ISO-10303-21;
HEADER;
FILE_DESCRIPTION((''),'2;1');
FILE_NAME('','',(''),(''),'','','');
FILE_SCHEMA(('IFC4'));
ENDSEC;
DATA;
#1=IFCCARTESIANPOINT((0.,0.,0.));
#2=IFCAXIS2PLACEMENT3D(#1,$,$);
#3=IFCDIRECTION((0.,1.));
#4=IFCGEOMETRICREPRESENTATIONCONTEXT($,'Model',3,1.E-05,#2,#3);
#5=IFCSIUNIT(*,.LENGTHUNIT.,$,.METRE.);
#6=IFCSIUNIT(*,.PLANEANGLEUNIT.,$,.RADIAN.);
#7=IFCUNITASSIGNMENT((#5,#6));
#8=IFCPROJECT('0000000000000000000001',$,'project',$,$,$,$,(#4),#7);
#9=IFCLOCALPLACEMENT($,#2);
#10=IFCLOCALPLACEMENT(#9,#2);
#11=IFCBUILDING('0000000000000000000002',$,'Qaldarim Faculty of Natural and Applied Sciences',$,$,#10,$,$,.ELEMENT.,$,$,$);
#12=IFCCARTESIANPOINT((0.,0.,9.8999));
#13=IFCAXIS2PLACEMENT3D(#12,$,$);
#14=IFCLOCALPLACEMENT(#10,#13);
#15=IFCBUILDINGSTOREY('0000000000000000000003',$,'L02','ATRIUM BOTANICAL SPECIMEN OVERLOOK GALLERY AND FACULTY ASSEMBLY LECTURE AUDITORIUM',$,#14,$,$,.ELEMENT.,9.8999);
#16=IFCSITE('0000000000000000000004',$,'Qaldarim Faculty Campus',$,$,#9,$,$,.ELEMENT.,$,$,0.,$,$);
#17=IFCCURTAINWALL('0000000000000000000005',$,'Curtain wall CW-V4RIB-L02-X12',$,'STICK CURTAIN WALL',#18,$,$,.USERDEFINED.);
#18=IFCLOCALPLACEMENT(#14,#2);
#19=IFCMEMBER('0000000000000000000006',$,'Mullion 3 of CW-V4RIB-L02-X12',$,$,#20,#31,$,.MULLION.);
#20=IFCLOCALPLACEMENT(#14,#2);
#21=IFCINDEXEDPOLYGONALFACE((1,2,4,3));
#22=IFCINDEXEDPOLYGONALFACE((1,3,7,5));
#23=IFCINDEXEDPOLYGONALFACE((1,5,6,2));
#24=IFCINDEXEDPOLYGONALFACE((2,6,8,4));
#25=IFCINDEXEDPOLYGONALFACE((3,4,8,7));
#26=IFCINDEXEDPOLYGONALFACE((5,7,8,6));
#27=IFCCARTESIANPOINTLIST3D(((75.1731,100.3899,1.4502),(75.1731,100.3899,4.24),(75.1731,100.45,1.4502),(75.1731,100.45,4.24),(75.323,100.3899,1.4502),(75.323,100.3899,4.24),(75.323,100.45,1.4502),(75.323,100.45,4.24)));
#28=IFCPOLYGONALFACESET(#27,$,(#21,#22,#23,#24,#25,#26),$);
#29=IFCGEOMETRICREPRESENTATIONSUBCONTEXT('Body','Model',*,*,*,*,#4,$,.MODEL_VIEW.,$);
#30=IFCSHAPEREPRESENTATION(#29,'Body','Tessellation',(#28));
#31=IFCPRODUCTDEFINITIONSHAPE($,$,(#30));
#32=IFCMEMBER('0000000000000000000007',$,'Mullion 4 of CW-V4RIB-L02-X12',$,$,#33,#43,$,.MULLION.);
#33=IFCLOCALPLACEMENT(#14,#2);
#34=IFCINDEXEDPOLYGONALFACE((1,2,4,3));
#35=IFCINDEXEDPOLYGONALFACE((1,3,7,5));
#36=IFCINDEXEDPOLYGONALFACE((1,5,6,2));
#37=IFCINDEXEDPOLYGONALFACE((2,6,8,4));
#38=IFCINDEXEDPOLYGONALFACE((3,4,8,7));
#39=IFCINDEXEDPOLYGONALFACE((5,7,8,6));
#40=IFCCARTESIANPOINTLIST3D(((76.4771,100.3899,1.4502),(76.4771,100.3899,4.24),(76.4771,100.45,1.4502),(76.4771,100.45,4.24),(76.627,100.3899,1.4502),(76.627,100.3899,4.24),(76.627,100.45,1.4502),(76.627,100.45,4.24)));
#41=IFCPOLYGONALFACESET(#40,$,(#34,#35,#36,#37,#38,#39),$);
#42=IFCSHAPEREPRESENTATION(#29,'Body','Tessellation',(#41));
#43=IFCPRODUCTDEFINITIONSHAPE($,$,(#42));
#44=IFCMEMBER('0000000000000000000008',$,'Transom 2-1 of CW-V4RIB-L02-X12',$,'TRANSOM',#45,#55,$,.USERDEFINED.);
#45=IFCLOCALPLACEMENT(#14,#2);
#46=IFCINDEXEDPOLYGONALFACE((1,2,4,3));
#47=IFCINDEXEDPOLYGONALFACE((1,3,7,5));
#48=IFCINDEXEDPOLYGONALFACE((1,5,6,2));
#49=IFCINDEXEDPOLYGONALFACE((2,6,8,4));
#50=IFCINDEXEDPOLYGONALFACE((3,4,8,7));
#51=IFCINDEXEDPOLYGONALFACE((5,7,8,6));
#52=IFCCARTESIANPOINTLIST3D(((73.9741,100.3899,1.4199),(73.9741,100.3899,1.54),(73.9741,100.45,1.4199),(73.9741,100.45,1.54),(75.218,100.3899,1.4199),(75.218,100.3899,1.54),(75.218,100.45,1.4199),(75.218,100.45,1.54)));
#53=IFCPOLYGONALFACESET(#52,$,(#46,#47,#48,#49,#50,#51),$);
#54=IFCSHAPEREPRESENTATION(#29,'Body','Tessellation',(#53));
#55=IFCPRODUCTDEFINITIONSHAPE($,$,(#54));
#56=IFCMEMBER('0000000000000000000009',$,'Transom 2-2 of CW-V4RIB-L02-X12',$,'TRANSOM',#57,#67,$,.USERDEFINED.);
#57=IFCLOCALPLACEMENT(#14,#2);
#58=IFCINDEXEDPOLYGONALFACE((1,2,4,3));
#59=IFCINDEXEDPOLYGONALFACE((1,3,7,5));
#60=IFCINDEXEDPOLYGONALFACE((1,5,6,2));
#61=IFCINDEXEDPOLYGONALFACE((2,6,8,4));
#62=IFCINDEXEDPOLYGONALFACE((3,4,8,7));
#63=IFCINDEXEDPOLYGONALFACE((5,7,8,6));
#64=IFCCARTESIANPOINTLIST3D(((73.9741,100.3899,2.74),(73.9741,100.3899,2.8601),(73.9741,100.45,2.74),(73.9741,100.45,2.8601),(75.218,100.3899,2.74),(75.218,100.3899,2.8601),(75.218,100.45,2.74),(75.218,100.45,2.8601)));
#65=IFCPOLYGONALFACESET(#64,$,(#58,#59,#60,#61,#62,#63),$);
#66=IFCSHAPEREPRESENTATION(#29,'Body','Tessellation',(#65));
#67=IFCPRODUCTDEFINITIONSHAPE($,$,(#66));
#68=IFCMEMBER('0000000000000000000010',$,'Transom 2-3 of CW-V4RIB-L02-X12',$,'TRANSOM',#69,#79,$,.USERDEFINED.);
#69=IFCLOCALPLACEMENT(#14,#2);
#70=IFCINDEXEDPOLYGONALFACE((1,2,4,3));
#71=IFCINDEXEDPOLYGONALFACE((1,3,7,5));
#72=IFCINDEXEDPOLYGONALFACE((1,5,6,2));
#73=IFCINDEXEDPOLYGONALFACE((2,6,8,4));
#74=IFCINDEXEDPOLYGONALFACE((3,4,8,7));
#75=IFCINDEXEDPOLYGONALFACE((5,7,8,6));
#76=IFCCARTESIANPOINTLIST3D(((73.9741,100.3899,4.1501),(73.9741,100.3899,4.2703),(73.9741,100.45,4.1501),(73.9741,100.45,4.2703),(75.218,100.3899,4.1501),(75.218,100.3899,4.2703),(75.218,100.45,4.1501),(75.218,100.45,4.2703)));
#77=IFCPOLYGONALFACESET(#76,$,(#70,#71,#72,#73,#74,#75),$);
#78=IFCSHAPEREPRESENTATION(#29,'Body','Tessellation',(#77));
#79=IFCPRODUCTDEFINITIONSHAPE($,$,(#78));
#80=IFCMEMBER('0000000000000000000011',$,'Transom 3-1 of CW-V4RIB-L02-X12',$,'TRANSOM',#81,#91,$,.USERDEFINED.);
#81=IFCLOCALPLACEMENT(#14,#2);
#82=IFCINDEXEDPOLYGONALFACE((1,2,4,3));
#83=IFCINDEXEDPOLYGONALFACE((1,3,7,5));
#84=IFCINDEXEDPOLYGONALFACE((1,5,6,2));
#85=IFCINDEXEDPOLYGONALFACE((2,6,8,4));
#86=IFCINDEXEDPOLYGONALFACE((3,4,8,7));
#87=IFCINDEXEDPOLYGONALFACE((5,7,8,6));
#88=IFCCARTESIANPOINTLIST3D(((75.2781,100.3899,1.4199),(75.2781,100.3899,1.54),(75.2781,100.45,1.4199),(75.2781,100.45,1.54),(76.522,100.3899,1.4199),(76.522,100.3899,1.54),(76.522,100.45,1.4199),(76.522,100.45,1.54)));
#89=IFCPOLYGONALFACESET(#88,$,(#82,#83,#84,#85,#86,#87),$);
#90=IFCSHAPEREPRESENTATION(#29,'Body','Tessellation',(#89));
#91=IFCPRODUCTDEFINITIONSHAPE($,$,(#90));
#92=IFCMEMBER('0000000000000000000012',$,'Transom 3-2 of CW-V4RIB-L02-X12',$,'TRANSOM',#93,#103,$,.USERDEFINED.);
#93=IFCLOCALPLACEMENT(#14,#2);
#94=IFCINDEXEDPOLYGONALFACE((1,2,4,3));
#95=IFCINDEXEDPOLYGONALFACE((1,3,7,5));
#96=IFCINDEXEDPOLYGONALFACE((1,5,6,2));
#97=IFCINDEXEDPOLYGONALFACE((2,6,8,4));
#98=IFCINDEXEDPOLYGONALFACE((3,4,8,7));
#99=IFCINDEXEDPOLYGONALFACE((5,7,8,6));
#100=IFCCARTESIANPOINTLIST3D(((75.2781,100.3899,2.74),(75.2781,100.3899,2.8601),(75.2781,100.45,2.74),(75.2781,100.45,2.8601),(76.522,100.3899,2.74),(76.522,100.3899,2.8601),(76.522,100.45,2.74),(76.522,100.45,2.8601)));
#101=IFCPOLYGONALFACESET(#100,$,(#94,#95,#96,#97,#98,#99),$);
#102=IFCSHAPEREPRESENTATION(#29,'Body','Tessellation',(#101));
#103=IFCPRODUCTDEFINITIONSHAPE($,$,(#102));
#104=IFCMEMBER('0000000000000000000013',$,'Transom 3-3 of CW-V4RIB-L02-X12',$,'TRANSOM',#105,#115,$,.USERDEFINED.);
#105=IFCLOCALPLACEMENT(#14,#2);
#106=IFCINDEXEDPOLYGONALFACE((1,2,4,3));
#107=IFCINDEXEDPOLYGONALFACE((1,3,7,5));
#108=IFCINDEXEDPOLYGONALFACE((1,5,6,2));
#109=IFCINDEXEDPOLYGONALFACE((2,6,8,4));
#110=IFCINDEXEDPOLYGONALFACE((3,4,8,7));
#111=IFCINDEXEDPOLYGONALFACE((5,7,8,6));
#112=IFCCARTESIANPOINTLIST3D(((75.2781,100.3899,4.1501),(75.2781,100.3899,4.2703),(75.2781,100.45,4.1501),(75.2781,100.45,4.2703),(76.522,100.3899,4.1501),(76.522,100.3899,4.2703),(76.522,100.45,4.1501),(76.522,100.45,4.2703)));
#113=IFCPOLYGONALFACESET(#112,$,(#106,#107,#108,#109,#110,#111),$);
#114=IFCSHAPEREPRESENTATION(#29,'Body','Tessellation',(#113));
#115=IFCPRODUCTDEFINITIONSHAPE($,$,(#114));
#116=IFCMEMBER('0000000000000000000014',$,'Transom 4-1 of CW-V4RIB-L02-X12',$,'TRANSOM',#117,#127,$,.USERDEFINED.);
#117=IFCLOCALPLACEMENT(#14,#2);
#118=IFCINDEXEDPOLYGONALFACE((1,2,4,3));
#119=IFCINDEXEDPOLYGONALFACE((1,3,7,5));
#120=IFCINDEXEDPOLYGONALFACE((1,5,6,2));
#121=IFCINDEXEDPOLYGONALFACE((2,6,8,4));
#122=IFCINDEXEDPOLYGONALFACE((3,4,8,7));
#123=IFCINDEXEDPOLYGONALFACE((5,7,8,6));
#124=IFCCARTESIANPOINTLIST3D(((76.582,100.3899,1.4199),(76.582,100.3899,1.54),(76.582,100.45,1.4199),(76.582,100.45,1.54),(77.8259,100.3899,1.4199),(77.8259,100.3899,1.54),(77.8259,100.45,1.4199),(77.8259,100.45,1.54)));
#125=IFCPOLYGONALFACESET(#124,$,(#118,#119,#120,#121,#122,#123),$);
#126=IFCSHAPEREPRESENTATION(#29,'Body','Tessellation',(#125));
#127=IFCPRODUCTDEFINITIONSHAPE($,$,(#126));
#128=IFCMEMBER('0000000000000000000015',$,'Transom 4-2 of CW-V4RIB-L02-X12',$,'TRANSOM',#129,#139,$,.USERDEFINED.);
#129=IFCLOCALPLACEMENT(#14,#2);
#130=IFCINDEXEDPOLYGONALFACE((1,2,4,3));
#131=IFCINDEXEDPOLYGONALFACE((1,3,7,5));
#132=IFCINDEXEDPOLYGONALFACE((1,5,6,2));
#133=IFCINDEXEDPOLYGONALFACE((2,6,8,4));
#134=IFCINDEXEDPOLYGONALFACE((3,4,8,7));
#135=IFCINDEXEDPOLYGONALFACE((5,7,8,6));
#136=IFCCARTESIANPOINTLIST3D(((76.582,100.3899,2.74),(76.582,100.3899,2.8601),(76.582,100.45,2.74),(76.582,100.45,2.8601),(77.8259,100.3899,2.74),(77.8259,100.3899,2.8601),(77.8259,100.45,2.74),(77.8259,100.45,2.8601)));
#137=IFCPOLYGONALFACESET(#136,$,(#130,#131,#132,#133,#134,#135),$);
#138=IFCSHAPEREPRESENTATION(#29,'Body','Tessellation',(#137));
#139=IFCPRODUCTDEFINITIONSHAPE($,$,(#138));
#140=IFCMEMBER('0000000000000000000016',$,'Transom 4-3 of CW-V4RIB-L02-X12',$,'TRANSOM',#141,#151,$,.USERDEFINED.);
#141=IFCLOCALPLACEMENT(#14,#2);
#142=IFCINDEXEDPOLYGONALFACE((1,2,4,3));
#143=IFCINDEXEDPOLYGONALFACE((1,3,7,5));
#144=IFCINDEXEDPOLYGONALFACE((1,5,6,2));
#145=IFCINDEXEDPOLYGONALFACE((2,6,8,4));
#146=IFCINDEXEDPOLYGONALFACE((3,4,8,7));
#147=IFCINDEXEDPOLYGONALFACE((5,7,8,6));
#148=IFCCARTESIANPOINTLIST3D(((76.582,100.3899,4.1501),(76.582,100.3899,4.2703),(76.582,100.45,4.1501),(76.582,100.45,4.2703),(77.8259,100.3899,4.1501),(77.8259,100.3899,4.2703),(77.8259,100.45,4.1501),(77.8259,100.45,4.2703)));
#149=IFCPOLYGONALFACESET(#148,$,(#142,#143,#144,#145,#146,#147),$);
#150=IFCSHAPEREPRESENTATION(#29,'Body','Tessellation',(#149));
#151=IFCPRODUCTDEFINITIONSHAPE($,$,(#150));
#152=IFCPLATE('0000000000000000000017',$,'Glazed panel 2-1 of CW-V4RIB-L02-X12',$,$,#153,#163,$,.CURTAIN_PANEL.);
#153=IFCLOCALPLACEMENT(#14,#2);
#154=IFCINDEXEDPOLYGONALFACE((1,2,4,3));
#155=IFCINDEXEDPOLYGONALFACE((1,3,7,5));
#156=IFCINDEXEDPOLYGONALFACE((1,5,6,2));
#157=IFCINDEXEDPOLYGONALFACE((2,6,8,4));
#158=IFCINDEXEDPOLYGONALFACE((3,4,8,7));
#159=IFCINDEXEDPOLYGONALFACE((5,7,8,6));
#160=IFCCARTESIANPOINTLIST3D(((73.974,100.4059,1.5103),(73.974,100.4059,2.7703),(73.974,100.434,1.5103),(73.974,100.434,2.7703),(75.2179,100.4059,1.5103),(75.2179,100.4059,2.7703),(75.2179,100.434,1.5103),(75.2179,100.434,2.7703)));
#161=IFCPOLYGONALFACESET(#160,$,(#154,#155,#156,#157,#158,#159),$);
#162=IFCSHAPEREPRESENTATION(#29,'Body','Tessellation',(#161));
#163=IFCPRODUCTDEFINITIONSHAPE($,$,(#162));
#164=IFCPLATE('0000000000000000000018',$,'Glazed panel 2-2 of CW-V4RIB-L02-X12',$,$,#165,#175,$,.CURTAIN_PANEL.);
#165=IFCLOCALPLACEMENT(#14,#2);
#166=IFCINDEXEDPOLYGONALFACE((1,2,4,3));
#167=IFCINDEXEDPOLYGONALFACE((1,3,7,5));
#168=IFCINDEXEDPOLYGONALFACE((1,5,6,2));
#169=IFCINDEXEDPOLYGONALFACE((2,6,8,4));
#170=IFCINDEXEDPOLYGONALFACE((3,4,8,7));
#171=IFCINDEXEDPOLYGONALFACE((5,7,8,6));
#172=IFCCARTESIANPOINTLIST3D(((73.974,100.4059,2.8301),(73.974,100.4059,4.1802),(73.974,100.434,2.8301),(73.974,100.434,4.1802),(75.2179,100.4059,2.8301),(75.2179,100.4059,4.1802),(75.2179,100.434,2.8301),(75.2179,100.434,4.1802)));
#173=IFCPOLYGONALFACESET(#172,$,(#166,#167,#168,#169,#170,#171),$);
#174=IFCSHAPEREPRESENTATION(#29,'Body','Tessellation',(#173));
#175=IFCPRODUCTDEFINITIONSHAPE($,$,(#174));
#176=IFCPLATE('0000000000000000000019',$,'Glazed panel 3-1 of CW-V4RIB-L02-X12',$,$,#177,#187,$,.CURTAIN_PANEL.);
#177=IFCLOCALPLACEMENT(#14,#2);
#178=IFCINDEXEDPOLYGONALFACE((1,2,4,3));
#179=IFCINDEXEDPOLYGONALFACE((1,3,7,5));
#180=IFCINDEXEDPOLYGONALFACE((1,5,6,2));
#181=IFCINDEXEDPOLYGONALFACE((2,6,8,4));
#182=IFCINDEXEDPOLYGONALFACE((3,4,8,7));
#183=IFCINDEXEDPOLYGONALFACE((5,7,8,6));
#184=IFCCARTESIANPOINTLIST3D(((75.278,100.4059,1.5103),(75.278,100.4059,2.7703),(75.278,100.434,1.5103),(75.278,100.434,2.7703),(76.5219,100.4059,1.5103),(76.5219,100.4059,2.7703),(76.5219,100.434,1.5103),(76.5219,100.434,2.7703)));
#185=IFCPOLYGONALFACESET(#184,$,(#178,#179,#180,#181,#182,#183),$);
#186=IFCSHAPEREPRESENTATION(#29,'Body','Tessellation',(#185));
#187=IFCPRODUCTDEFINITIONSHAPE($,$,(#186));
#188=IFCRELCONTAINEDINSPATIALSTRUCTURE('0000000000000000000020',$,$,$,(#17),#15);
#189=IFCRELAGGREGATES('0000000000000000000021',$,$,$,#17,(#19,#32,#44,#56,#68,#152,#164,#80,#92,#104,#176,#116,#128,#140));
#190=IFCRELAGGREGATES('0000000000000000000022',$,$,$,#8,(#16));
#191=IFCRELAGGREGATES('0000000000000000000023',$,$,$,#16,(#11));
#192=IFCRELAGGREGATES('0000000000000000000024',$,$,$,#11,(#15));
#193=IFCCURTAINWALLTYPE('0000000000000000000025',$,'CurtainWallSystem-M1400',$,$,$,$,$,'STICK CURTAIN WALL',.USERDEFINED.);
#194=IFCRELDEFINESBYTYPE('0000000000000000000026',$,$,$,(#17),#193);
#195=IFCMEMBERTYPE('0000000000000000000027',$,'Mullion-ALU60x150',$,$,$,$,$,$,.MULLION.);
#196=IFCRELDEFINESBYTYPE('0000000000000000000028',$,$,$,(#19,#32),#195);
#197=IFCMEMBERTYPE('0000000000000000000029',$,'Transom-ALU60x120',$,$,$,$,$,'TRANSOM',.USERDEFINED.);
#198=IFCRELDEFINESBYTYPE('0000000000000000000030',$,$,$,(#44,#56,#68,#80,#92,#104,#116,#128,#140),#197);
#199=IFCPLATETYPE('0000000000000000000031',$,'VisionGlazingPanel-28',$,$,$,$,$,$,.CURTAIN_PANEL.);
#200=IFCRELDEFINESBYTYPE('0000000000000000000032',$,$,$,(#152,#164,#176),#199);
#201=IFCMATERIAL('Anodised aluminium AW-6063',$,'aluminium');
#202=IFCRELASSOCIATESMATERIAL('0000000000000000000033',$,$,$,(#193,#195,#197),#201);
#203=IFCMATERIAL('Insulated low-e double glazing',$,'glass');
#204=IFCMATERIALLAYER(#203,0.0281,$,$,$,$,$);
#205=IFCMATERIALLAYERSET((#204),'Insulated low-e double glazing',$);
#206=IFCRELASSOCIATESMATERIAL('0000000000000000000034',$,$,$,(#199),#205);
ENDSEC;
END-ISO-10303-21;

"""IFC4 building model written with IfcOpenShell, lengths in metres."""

from ifc_helpers import new_model, si_unit, direction, frame, origin, origin_2d, place, context, subcontext, project, spatial, rectangle, extrude, material, layer, layer_set, material_profile, profile_set, type_object, element, aggregate, save


model = new_model("IFC4")

# Units and contexts
model_context = context("Model", 3, precision=1e-05, world=origin(), true_north=direction((0.0, 1.0)))
body_context = subcontext(model_context, "Body", "Model", "MODEL_VIEW")
ifc_project = project(units=[si_unit("LENGTHUNIT", "METRE"), si_unit("PLANEANGLEUNIT", "RADIAN")], contexts=[model_context])

# Site, building, storey
site_placement = place(None, origin())
site = spatial("IfcSite", under=ifc_project, at=site_placement, Name="Qaldarim Faculty Campus", CompositionType="ELEMENT", RefElevation=0.0)
building_placement = place(site_placement, origin())
building = spatial("IfcBuilding", under=site, at=building_placement, Name="Qaldarim Faculty of Natural and Applied Sciences", CompositionType="ELEMENT")
storey_placement = place(building_placement, frame((0.0, 0.0, 9.8999)))
storey = spatial("IfcBuildingStorey", under=building, at=storey_placement, Name="L02", Description="ATRIUM BOTANICAL SPECIMEN OVERLOOK GALLERY AND FACULTY ASSEMBLY LECTURE AUDITORIUM", CompositionType="ELEMENT", Elevation=9.8999)

# Curtain wall, members, plates
ifc_material_1 = material(Name="Anodised aluminium AW-6063", Category="aluminium")
curtain_wall_type = type_object("IfcCurtainWallType", Name="CurtainWallSystem-M1400", ElementType="STICK CURTAIN WALL", PredefinedType="USERDEFINED", material=ifc_material_1)
curtain_wall_placement = place(storey_placement, origin())
curtain_wall = element("IfcCurtainWall", 1, at=curtain_wall_placement, inside=storey, type_object=curtain_wall_type, Name="Curtain wall CW-V4RIB-L02-X12", ObjectType="STICK CURTAIN WALL", PredefinedType="USERDEFINED")
ifc_material_profile_1 = material_profile(ifc_material_1, rectangle(XDim=0.0601, YDim=0.1499, at=origin_2d()), Name="ALU-M60x150")
ifc_profile_set_1 = profile_set([ifc_material_profile_1], Name="Anodised aluminium AW-6063")
member_type_1 = type_object("IfcMemberType", Name="Mullion-ALU60x150", PredefinedType="MULLION", material=ifc_profile_set_1)
member_1_placement = place(storey_placement, frame((75.248, 100.4199, 1.4502), z_axis=(0.0, 0.0, 1.0), x_axis=(0.0, 1.0, 0.0)))
member_1 = element("IfcMember", 2, at=member_1_placement, type_object=member_type_1, Name="Mullion 3 of CW-V4RIB-L02-X12", PredefinedType="MULLION", context=body_context, shape_type="SweptSolid", body=[
    extrude(rectangle(XDim=0.0601, YDim=0.1499, at=origin_2d()), origin(), (0.0, 0.0, 1.0), 2.7898),
])
member_2_placement = place(storey_placement, frame((76.552, 100.4199, 1.4502), z_axis=(0.0, 0.0, 1.0), x_axis=(0.0, 1.0, 0.0)))
member_2 = element("IfcMember", 3, at=member_2_placement, type_object=member_type_1, Name="Mullion 4 of CW-V4RIB-L02-X12", PredefinedType="MULLION", context=body_context, shape_type="SweptSolid", body=[
    extrude(rectangle(XDim=0.0601, YDim=0.1499, at=origin_2d()), origin(), (0.0, 0.0, 1.0), 2.7898),
])
ifc_material_profile_2 = material_profile(ifc_material_1, rectangle(XDim=0.0601, YDim=0.1201, at=origin_2d()), Name="ALU-T60x120")
ifc_profile_set_2 = profile_set([ifc_material_profile_2], Name="Anodised aluminium AW-6063")
member_type_2 = type_object("IfcMemberType", Name="Transom-ALU60x120", ElementType="TRANSOM", PredefinedType="USERDEFINED", material=ifc_profile_set_2)
member_3_placement = place(storey_placement, frame((73.9741, 100.4199, 1.48), z_axis=(1.0, 0.0, 0.0), x_axis=(0.0, 1.0, 0.0)))
member_3 = element("IfcMember", 4, at=member_3_placement, type_object=member_type_2, Name="Transom 2-1 of CW-V4RIB-L02-X12", ObjectType="TRANSOM", PredefinedType="USERDEFINED", context=body_context, shape_type="SweptSolid", body=[
    extrude(rectangle(XDim=0.0601, YDim=0.1201, at=origin_2d()), origin(), (0.0, 0.0, 1.0), 1.2439),
])
member_4_placement = place(storey_placement, frame((73.9741, 100.4199, 2.8), z_axis=(1.0, 0.0, 0.0), x_axis=(0.0, 1.0, 0.0)))
member_4 = element("IfcMember", 5, at=member_4_placement, type_object=member_type_2, Name="Transom 2-2 of CW-V4RIB-L02-X12", ObjectType="TRANSOM", PredefinedType="USERDEFINED", context=body_context, shape_type="SweptSolid", body=[
    extrude(rectangle(XDim=0.0601, YDim=0.1201, at=origin_2d()), origin(), (0.0, 0.0, 1.0), 1.2439),
])
member_5_placement = place(storey_placement, frame((73.9741, 100.4199, 4.2102), z_axis=(1.0, 0.0, 0.0), x_axis=(0.0, 1.0, 0.0)))
member_5 = element("IfcMember", 6, at=member_5_placement, type_object=member_type_2, Name="Transom 2-3 of CW-V4RIB-L02-X12", ObjectType="TRANSOM", PredefinedType="USERDEFINED", context=body_context, shape_type="SweptSolid", body=[
    extrude(rectangle(XDim=0.0601, YDim=0.1201, at=origin_2d()), origin(), (0.0, 0.0, 1.0), 1.2439),
])
member_6_placement = place(storey_placement, frame((75.2781, 100.4199, 1.48), z_axis=(1.0, 0.0, 0.0), x_axis=(0.0, 1.0, 0.0)))
member_6 = element("IfcMember", 7, at=member_6_placement, type_object=member_type_2, Name="Transom 3-1 of CW-V4RIB-L02-X12", ObjectType="TRANSOM", PredefinedType="USERDEFINED", context=body_context, shape_type="SweptSolid", body=[
    extrude(rectangle(XDim=0.0601, YDim=0.1201, at=origin_2d()), origin(), (0.0, 0.0, 1.0), 1.2439),
])
member_7_placement = place(storey_placement, frame((75.2781, 100.4199, 2.8), z_axis=(1.0, 0.0, 0.0), x_axis=(0.0, 1.0, 0.0)))
member_7 = element("IfcMember", 8, at=member_7_placement, type_object=member_type_2, Name="Transom 3-2 of CW-V4RIB-L02-X12", ObjectType="TRANSOM", PredefinedType="USERDEFINED", context=body_context, shape_type="SweptSolid", body=[
    extrude(rectangle(XDim=0.0601, YDim=0.1201, at=origin_2d()), origin(), (0.0, 0.0, 1.0), 1.2439),
])
member_8_placement = place(storey_placement, frame((75.2781, 100.4199, 4.2102), z_axis=(1.0, 0.0, 0.0), x_axis=(0.0, 1.0, 0.0)))
member_8 = element("IfcMember", 9, at=member_8_placement, type_object=member_type_2, Name="Transom 3-3 of CW-V4RIB-L02-X12", ObjectType="TRANSOM", PredefinedType="USERDEFINED", context=body_context, shape_type="SweptSolid", body=[
    extrude(rectangle(XDim=0.0601, YDim=0.1201, at=origin_2d()), origin(), (0.0, 0.0, 1.0), 1.2439),
])
member_9_placement = place(storey_placement, frame((76.582, 100.4199, 1.48), z_axis=(1.0, 0.0, 0.0), x_axis=(0.0, 1.0, 0.0)))
member_9 = element("IfcMember", 10, at=member_9_placement, type_object=member_type_2, Name="Transom 4-1 of CW-V4RIB-L02-X12", ObjectType="TRANSOM", PredefinedType="USERDEFINED", context=body_context, shape_type="SweptSolid", body=[
    extrude(rectangle(XDim=0.0601, YDim=0.1201, at=origin_2d()), origin(), (0.0, 0.0, 1.0), 1.2439),
])
member_10_placement = place(storey_placement, frame((76.582, 100.4199, 2.8), z_axis=(1.0, 0.0, 0.0), x_axis=(0.0, 1.0, 0.0)))
member_10 = element("IfcMember", 11, at=member_10_placement, type_object=member_type_2, Name="Transom 4-2 of CW-V4RIB-L02-X12", ObjectType="TRANSOM", PredefinedType="USERDEFINED", context=body_context, shape_type="SweptSolid", body=[
    extrude(rectangle(XDim=0.0601, YDim=0.1201, at=origin_2d()), origin(), (0.0, 0.0, 1.0), 1.2439),
])
member_11_placement = place(storey_placement, frame((76.582, 100.4199, 4.2102), z_axis=(1.0, 0.0, 0.0), x_axis=(0.0, 1.0, 0.0)))
member_11 = element("IfcMember", 12, at=member_11_placement, type_object=member_type_2, Name="Transom 4-3 of CW-V4RIB-L02-X12", ObjectType="TRANSOM", PredefinedType="USERDEFINED", context=body_context, shape_type="SweptSolid", body=[
    extrude(rectangle(XDim=0.0601, YDim=0.1201, at=origin_2d()), origin(), (0.0, 0.0, 1.0), 1.2439),
])
ifc_material_2 = material(Name="Insulated low-e double glazing", Category="glass")
ifc_layer_1 = layer(ifc_material_2, 0.0281)
ifc_layer_set_1 = layer_set([ifc_layer_1], Name="Insulated low-e double glazing")
plate_type = type_object("IfcPlateType", Name="VisionGlazingPanel-28", PredefinedType="CURTAIN_PANEL", material=ifc_layer_set_1)
plate_1_placement = place(storey_placement, frame((74.5959, 100.4199, 1.5103), z_axis=(0.0, 0.0, 1.0), x_axis=(1.0, 0.0, 0.0)))
plate_1 = element("IfcPlate", 13, at=plate_1_placement, type_object=plate_type, Name="Glazed panel 2-1 of CW-V4RIB-L02-X12", PredefinedType="CURTAIN_PANEL", context=body_context, shape_type="SweptSolid", body=[
    extrude(rectangle(XDim=1.2439, YDim=0.0281, at=origin_2d()), origin(), (0.0, 0.0, 1.0), 1.26),
])
plate_2_placement = place(storey_placement, frame((74.5959, 100.4199, 2.8301), z_axis=(0.0, 0.0, 1.0), x_axis=(1.0, 0.0, 0.0)))
plate_2 = element("IfcPlate", 14, at=plate_2_placement, type_object=plate_type, Name="Glazed panel 2-2 of CW-V4RIB-L02-X12", PredefinedType="CURTAIN_PANEL", context=body_context, shape_type="SweptSolid", body=[
    extrude(rectangle(XDim=1.2439, YDim=0.0281, at=origin_2d()), origin(), (0.0, 0.0, 1.0), 1.3501),
])
plate_3_placement = place(storey_placement, frame((75.8999, 100.4199, 1.5103), z_axis=(0.0, 0.0, 1.0), x_axis=(1.0, 0.0, 0.0)))
plate_3 = element("IfcPlate", 15, at=plate_3_placement, type_object=plate_type, Name="Glazed panel 3-1 of CW-V4RIB-L02-X12", PredefinedType="CURTAIN_PANEL", context=body_context, shape_type="SweptSolid", body=[
    extrude(rectangle(XDim=1.2439, YDim=0.0281, at=origin_2d()), origin(), (0.0, 0.0, 1.0), 1.26),
])
aggregate(curtain_wall, [member_1, member_2, member_3, member_4, member_5, plate_1, plate_2, member_6, member_7, member_8, plate_3, member_9, member_10, member_11])

save(model, "model.ifc")
